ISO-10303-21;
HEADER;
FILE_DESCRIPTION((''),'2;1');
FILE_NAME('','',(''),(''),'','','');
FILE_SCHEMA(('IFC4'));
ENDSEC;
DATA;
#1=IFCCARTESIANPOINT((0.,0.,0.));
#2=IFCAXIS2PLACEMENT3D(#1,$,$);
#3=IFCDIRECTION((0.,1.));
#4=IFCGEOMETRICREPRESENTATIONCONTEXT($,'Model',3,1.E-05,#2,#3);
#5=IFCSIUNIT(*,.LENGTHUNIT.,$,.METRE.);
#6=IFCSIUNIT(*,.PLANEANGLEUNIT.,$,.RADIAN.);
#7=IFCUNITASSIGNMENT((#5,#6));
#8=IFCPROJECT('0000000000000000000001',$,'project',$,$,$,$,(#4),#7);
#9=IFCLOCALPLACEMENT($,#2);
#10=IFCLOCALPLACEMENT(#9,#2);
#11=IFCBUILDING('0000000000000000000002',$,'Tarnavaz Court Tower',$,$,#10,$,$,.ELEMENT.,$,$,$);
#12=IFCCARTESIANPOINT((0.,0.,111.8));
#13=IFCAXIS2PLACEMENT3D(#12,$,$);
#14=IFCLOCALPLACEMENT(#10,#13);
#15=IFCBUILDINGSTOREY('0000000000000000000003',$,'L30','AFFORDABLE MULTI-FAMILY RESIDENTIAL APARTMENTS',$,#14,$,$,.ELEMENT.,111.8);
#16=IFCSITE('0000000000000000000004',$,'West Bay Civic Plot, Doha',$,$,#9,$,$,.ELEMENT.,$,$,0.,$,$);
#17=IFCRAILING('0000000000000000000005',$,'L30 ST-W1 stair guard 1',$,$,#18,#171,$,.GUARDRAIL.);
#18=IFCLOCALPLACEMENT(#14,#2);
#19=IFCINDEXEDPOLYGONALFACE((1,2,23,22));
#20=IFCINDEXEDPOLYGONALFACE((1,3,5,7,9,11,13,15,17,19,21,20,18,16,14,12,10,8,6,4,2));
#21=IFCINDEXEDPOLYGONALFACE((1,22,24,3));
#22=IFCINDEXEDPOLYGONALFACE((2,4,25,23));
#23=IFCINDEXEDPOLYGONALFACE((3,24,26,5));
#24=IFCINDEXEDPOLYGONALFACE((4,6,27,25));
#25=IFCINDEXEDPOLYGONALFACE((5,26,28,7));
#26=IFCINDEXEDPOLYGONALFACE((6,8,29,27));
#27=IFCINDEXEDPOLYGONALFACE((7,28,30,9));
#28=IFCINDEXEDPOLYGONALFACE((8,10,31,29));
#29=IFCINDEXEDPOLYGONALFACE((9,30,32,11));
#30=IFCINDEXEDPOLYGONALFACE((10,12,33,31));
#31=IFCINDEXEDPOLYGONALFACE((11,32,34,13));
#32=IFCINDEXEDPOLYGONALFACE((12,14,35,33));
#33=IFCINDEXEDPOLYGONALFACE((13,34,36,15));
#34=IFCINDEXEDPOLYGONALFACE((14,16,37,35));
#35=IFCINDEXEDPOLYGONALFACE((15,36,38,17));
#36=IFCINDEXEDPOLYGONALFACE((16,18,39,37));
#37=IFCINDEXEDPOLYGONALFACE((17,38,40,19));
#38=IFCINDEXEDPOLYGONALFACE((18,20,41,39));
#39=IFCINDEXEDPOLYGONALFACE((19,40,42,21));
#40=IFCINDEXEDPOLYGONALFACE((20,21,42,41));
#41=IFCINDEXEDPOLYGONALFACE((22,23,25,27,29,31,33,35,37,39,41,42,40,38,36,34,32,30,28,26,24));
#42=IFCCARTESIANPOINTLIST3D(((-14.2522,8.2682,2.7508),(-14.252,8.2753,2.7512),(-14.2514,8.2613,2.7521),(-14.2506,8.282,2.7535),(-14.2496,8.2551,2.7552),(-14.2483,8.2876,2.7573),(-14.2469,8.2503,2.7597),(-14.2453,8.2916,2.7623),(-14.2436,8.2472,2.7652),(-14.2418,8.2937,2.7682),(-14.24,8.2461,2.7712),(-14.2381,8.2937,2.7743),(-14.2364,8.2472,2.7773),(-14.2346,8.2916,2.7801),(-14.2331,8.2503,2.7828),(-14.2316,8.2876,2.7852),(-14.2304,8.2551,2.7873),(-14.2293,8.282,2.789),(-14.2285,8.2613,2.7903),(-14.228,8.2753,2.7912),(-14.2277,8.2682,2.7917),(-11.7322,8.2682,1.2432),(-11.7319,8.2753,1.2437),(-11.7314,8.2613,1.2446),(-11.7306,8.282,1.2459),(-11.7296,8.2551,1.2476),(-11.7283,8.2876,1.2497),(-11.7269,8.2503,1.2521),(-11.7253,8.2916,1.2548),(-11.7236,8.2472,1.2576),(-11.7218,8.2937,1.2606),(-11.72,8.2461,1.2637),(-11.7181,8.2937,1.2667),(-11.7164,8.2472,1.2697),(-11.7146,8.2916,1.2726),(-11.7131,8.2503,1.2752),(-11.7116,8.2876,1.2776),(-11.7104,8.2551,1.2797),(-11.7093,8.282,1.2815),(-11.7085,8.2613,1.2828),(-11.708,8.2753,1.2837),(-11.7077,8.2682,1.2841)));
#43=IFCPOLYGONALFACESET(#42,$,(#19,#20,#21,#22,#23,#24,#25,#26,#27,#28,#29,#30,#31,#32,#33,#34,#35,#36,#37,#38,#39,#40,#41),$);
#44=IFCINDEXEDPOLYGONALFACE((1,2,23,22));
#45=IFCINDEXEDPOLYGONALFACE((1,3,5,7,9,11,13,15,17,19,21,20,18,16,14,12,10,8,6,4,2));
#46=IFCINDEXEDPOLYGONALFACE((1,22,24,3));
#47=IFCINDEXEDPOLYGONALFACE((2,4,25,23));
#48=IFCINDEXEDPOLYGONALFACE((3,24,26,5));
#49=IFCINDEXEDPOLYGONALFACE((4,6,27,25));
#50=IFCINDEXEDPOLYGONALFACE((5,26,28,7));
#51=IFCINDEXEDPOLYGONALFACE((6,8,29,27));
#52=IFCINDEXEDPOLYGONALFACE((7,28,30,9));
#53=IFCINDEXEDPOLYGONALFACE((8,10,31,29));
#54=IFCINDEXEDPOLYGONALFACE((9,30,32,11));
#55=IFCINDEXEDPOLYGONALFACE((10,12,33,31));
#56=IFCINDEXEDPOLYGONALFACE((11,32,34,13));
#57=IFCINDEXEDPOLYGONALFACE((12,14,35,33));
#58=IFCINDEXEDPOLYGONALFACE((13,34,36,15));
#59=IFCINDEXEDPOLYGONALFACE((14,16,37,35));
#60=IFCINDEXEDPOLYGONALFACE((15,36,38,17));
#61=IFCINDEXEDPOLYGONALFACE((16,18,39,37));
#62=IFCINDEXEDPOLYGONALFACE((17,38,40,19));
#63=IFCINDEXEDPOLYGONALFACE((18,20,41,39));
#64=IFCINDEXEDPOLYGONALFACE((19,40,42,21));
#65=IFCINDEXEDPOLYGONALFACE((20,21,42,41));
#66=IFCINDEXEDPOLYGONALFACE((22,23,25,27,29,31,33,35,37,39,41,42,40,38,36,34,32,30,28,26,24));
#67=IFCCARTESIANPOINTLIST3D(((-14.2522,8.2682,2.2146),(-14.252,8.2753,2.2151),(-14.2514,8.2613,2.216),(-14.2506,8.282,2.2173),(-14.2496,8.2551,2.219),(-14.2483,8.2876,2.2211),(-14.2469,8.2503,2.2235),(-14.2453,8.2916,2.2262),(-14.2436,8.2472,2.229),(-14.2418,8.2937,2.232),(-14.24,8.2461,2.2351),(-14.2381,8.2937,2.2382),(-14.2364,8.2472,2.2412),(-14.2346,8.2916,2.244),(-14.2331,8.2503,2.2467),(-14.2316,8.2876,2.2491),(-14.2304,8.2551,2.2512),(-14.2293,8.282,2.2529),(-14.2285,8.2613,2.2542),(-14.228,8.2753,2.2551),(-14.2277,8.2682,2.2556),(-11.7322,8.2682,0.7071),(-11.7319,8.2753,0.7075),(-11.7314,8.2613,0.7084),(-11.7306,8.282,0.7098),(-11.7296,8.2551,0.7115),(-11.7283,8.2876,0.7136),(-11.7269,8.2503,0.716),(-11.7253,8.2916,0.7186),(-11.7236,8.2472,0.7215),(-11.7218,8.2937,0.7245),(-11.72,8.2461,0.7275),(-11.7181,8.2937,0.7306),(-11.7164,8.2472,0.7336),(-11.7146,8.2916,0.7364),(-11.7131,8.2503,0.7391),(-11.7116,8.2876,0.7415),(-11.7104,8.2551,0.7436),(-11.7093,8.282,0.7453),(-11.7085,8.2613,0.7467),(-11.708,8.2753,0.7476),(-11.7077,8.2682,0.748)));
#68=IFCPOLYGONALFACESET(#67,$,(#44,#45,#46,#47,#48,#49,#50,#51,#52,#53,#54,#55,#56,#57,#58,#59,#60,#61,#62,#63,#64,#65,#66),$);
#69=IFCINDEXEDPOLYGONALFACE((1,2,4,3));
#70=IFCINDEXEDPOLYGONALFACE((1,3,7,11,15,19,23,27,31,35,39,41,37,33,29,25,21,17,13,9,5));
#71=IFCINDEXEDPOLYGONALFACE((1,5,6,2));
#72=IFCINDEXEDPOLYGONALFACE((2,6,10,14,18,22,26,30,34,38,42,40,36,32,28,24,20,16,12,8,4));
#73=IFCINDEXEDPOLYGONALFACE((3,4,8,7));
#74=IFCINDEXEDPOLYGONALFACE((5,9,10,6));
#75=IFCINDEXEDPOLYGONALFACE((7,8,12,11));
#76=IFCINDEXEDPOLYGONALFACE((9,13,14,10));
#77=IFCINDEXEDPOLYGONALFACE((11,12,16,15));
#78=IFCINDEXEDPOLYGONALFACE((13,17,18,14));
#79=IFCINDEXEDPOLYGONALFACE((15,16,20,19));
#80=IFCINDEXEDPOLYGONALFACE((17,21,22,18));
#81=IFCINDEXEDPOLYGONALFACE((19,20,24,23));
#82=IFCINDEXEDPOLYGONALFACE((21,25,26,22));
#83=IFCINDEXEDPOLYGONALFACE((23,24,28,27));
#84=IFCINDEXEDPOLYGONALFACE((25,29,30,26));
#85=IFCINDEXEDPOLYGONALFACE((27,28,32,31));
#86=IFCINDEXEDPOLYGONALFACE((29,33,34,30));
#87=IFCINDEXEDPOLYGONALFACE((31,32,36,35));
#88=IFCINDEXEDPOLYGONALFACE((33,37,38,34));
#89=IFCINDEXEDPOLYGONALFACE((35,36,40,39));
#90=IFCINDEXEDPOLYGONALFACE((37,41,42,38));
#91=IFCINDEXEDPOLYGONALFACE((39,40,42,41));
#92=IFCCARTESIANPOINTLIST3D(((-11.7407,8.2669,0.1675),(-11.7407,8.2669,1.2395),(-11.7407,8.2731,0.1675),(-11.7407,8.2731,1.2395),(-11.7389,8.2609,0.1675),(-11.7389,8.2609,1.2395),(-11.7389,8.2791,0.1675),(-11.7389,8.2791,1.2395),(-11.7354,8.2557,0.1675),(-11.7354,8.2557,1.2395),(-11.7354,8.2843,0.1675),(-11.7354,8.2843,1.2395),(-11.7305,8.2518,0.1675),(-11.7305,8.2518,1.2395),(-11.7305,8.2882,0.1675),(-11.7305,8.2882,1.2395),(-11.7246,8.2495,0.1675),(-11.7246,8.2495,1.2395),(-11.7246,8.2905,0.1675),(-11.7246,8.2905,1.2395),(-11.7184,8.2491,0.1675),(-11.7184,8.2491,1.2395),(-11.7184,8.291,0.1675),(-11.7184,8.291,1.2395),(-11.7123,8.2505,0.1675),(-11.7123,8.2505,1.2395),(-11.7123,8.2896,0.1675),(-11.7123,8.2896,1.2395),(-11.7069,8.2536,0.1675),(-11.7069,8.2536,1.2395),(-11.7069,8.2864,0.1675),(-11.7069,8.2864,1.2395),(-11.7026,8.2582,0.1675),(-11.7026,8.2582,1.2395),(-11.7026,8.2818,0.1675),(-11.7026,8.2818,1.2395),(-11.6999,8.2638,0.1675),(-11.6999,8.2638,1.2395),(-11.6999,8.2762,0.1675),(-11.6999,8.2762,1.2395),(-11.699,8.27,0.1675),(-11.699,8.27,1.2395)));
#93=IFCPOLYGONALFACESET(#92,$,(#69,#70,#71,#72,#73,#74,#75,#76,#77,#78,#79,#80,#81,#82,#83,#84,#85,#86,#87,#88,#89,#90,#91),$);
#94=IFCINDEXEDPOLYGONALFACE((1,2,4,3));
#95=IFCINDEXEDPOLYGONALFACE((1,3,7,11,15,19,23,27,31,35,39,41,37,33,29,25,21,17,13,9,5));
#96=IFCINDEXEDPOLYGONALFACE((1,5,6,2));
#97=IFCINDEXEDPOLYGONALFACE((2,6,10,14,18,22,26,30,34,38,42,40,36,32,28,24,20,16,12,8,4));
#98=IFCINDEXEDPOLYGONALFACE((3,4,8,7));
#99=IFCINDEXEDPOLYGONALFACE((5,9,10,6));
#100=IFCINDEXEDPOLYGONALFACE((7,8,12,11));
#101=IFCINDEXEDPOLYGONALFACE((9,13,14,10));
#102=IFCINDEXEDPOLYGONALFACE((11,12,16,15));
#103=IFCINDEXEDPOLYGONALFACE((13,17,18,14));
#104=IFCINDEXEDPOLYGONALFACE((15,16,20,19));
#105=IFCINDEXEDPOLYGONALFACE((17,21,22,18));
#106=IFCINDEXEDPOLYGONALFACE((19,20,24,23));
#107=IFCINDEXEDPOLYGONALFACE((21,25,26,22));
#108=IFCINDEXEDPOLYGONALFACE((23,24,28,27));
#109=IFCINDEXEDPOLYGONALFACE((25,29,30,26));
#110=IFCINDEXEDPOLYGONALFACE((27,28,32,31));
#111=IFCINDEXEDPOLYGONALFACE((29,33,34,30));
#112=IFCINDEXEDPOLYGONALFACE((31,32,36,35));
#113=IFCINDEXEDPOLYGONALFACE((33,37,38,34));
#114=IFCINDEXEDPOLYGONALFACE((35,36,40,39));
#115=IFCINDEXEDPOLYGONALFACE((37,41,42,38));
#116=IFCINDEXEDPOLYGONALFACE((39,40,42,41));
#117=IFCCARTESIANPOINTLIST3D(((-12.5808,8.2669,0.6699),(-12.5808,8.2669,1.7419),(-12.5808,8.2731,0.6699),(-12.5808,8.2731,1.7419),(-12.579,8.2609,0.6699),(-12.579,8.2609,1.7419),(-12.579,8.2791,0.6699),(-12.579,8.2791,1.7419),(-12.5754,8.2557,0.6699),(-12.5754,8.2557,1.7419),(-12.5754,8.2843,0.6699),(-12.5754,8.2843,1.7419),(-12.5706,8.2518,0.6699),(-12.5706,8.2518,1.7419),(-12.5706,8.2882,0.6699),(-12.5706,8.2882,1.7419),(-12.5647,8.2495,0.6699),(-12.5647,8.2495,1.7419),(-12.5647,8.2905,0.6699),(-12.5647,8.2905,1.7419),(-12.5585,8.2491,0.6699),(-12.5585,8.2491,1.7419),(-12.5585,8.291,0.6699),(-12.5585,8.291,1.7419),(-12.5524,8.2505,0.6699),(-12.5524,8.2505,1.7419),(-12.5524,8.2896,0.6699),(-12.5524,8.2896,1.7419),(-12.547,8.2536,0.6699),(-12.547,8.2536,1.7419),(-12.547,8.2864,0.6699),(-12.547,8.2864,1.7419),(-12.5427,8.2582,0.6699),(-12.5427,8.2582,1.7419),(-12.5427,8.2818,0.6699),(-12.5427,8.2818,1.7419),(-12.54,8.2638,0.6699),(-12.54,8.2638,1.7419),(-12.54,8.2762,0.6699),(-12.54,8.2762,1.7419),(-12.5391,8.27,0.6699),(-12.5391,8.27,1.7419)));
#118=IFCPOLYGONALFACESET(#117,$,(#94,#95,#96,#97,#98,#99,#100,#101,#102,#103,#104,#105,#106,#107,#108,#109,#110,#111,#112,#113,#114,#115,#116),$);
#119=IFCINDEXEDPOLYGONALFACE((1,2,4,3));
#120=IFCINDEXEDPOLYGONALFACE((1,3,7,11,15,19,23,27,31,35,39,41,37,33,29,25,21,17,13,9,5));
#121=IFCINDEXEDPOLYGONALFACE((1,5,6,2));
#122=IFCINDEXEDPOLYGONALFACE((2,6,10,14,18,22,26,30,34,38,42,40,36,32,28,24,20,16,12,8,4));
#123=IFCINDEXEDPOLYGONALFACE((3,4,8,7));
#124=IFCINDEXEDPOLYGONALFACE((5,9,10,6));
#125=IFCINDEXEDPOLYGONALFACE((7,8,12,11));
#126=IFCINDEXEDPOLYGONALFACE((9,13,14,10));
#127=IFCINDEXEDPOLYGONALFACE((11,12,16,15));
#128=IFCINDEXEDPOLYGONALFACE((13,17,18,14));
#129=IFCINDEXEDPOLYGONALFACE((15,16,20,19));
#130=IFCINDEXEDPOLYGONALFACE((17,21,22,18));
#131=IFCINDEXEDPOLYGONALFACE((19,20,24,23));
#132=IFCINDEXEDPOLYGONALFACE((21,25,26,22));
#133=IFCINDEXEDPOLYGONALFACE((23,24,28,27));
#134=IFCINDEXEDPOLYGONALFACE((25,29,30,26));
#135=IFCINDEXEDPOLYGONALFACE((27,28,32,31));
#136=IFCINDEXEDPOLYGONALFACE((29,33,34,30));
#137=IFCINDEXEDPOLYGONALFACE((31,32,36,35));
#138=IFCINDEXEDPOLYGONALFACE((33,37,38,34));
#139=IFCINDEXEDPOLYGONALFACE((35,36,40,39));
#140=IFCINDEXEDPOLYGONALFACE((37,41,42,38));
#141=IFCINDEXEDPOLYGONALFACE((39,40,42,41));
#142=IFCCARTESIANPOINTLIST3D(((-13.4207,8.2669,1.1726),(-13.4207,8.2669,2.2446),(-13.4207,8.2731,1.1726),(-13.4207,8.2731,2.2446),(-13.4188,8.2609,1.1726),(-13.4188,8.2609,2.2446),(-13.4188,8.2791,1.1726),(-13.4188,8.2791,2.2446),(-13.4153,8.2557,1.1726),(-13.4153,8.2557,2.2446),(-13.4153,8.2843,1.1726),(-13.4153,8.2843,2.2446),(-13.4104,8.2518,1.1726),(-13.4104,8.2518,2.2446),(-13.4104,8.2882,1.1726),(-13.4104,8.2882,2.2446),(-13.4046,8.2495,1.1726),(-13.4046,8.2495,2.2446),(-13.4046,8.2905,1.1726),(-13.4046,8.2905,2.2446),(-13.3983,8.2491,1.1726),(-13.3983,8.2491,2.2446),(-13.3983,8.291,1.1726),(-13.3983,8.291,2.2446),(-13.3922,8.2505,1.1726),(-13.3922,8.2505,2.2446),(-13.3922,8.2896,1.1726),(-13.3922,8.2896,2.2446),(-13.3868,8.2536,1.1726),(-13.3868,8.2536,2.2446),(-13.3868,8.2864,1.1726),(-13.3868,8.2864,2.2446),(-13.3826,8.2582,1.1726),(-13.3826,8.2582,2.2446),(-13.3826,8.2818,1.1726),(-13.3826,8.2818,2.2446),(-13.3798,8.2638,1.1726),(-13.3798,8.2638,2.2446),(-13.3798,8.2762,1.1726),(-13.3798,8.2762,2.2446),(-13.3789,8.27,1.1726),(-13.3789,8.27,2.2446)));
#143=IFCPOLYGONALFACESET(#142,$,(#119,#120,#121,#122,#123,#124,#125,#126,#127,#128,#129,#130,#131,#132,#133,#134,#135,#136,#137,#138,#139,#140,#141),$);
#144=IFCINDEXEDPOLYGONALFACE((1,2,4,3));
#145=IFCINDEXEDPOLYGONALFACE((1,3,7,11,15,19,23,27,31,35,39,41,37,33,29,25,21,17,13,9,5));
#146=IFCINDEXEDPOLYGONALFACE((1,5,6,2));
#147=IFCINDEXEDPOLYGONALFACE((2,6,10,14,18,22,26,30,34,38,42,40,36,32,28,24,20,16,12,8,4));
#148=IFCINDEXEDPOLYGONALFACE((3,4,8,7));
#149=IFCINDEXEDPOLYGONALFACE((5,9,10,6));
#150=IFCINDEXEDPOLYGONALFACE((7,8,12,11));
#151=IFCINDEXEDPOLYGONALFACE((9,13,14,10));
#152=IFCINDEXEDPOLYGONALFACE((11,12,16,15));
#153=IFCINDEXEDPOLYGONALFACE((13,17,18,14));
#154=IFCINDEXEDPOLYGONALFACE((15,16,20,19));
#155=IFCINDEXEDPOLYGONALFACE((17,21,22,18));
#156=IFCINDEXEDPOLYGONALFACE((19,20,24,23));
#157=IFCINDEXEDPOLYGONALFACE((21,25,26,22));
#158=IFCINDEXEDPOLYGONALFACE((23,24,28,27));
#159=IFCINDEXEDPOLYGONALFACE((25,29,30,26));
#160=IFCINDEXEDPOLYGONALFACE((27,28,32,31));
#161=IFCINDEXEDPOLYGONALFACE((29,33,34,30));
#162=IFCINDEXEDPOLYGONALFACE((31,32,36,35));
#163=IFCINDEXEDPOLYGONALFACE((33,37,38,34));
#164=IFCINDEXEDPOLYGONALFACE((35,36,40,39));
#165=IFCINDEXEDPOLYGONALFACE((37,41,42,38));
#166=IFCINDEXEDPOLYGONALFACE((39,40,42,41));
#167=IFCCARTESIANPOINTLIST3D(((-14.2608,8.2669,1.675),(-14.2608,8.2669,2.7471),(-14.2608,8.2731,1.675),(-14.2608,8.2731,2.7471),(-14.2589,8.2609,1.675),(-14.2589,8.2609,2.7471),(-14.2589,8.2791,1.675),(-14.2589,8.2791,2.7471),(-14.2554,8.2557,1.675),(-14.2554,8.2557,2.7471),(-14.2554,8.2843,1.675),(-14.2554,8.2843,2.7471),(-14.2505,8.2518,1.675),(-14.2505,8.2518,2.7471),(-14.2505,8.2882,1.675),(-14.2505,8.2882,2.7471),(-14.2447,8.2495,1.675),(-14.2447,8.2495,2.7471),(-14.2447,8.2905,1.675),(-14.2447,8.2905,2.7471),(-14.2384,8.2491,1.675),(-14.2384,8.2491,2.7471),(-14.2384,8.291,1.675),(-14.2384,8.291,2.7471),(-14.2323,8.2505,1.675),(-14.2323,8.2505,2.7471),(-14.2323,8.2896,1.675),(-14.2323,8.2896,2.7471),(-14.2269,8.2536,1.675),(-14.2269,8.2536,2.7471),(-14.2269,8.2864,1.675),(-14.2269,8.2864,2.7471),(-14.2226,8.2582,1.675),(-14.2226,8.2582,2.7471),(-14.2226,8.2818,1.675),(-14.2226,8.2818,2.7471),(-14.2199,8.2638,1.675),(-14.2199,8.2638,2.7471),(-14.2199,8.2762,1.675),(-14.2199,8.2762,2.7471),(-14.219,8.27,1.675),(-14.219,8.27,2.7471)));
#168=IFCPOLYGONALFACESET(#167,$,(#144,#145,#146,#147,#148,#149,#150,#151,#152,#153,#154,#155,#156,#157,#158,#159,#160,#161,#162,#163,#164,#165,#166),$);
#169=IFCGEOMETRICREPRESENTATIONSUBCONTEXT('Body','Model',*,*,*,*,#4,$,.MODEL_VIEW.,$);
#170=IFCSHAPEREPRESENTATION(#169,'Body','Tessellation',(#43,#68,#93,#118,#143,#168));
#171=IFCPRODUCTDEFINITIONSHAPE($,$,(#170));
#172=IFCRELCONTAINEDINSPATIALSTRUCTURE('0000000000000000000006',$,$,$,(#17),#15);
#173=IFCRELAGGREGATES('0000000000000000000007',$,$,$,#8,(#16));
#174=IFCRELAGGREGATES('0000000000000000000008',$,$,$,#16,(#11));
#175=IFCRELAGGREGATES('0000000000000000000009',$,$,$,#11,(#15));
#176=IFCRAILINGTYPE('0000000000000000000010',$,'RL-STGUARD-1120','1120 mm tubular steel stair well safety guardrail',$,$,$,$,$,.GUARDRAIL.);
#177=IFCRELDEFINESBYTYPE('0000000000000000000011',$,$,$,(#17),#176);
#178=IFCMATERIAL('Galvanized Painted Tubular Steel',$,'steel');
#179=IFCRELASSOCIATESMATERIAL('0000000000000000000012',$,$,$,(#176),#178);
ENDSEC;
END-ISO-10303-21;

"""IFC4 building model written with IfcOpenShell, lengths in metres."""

from ifc_helpers import new_model, si_unit, direction, frame, origin, origin_2d, place, context, subcontext, project, spatial, circle, extrude, material, type_object, element, save


model = new_model("IFC4")

# Units and contexts
model_context = context("Model", 3, precision=1e-05, world=origin(), true_north=direction((0.0, 1.0)))
body_context = subcontext(model_context, "Body", "Model", "MODEL_VIEW")
ifc_project = project(units=[si_unit("LENGTHUNIT", "METRE"), si_unit("PLANEANGLEUNIT", "RADIAN")], contexts=[model_context])

# Site, building, storey
site_placement = place(None, origin())
site = spatial("IfcSite", under=ifc_project, at=site_placement, Name="West Bay Civic Plot, Doha", CompositionType="ELEMENT", RefElevation=0.0)
building_placement = place(site_placement, origin())
building = spatial("IfcBuilding", under=site, at=building_placement, Name="Tarnavaz Court Tower", CompositionType="ELEMENT")
storey_placement = place(building_placement, frame((0.0, 0.0, 111.8)))
storey = spatial("IfcBuildingStorey", under=building, at=storey_placement, Name="L30", Description="AFFORDABLE MULTI-FAMILY RESIDENTIAL APARTMENTS", CompositionType="ELEMENT", Elevation=111.8)

# Railing
ifc_material_1 = material(Name="Galvanized Painted Tubular Steel", Category="steel")
railing_type_1 = type_object("IfcRailingType", Name="RL-STGUARD-1120", Description="1120 mm tubular steel stair well safety guardrail", PredefinedType="GUARDRAIL", material=ifc_material_1)
railing_1_placement = place(storey_placement, frame((-11.72, 8.27, 0.1675)))
element("IfcRailing", 1, at=railing_1_placement, inside=storey, type_object=railing_type_1, Name="L30 ST-W1 stair guard 1", PredefinedType="GUARDRAIL", context=body_context, shape_type="SweptSolid", body=[
    extrude(circle(Radius=0.0239, at=origin_2d()), frame((0.0, 0.0, 1.0962), z_axis=(-0.85816, 0.0, 0.513383), x_axis=(0.0, -1.0, 0.0)), (0.0, 0.0, 1.0), 2.9365),
    extrude(circle(Radius=0.0239, at=origin_2d()), frame((0.0, 0.0, 0.5601), z_axis=(-0.85816, 0.0, 0.513383), x_axis=(0.0, -1.0, 0.0)), (0.0, 0.0, 1.0), 2.9365),
    extrude(circle(Radius=0.021, at=origin_2d()), origin(), (0.0, 0.0, 1.0), 1.072),
    extrude(circle(Radius=0.021, at=origin_2d()), frame((-0.8401, 0.0, 0.5024)), (0.0, 0.0, 1.0), 1.072),
    extrude(circle(Radius=0.021, at=origin_2d()), frame((-1.6799, 0.0, 1.0051)), (0.0, 0.0, 1.0), 1.072),
    extrude(circle(Radius=0.021, at=origin_2d()), frame((-2.52, 0.0, 1.5076)), (0.0, 0.0, 1.0), 1.072),
])

save(model, "model.ifc")
